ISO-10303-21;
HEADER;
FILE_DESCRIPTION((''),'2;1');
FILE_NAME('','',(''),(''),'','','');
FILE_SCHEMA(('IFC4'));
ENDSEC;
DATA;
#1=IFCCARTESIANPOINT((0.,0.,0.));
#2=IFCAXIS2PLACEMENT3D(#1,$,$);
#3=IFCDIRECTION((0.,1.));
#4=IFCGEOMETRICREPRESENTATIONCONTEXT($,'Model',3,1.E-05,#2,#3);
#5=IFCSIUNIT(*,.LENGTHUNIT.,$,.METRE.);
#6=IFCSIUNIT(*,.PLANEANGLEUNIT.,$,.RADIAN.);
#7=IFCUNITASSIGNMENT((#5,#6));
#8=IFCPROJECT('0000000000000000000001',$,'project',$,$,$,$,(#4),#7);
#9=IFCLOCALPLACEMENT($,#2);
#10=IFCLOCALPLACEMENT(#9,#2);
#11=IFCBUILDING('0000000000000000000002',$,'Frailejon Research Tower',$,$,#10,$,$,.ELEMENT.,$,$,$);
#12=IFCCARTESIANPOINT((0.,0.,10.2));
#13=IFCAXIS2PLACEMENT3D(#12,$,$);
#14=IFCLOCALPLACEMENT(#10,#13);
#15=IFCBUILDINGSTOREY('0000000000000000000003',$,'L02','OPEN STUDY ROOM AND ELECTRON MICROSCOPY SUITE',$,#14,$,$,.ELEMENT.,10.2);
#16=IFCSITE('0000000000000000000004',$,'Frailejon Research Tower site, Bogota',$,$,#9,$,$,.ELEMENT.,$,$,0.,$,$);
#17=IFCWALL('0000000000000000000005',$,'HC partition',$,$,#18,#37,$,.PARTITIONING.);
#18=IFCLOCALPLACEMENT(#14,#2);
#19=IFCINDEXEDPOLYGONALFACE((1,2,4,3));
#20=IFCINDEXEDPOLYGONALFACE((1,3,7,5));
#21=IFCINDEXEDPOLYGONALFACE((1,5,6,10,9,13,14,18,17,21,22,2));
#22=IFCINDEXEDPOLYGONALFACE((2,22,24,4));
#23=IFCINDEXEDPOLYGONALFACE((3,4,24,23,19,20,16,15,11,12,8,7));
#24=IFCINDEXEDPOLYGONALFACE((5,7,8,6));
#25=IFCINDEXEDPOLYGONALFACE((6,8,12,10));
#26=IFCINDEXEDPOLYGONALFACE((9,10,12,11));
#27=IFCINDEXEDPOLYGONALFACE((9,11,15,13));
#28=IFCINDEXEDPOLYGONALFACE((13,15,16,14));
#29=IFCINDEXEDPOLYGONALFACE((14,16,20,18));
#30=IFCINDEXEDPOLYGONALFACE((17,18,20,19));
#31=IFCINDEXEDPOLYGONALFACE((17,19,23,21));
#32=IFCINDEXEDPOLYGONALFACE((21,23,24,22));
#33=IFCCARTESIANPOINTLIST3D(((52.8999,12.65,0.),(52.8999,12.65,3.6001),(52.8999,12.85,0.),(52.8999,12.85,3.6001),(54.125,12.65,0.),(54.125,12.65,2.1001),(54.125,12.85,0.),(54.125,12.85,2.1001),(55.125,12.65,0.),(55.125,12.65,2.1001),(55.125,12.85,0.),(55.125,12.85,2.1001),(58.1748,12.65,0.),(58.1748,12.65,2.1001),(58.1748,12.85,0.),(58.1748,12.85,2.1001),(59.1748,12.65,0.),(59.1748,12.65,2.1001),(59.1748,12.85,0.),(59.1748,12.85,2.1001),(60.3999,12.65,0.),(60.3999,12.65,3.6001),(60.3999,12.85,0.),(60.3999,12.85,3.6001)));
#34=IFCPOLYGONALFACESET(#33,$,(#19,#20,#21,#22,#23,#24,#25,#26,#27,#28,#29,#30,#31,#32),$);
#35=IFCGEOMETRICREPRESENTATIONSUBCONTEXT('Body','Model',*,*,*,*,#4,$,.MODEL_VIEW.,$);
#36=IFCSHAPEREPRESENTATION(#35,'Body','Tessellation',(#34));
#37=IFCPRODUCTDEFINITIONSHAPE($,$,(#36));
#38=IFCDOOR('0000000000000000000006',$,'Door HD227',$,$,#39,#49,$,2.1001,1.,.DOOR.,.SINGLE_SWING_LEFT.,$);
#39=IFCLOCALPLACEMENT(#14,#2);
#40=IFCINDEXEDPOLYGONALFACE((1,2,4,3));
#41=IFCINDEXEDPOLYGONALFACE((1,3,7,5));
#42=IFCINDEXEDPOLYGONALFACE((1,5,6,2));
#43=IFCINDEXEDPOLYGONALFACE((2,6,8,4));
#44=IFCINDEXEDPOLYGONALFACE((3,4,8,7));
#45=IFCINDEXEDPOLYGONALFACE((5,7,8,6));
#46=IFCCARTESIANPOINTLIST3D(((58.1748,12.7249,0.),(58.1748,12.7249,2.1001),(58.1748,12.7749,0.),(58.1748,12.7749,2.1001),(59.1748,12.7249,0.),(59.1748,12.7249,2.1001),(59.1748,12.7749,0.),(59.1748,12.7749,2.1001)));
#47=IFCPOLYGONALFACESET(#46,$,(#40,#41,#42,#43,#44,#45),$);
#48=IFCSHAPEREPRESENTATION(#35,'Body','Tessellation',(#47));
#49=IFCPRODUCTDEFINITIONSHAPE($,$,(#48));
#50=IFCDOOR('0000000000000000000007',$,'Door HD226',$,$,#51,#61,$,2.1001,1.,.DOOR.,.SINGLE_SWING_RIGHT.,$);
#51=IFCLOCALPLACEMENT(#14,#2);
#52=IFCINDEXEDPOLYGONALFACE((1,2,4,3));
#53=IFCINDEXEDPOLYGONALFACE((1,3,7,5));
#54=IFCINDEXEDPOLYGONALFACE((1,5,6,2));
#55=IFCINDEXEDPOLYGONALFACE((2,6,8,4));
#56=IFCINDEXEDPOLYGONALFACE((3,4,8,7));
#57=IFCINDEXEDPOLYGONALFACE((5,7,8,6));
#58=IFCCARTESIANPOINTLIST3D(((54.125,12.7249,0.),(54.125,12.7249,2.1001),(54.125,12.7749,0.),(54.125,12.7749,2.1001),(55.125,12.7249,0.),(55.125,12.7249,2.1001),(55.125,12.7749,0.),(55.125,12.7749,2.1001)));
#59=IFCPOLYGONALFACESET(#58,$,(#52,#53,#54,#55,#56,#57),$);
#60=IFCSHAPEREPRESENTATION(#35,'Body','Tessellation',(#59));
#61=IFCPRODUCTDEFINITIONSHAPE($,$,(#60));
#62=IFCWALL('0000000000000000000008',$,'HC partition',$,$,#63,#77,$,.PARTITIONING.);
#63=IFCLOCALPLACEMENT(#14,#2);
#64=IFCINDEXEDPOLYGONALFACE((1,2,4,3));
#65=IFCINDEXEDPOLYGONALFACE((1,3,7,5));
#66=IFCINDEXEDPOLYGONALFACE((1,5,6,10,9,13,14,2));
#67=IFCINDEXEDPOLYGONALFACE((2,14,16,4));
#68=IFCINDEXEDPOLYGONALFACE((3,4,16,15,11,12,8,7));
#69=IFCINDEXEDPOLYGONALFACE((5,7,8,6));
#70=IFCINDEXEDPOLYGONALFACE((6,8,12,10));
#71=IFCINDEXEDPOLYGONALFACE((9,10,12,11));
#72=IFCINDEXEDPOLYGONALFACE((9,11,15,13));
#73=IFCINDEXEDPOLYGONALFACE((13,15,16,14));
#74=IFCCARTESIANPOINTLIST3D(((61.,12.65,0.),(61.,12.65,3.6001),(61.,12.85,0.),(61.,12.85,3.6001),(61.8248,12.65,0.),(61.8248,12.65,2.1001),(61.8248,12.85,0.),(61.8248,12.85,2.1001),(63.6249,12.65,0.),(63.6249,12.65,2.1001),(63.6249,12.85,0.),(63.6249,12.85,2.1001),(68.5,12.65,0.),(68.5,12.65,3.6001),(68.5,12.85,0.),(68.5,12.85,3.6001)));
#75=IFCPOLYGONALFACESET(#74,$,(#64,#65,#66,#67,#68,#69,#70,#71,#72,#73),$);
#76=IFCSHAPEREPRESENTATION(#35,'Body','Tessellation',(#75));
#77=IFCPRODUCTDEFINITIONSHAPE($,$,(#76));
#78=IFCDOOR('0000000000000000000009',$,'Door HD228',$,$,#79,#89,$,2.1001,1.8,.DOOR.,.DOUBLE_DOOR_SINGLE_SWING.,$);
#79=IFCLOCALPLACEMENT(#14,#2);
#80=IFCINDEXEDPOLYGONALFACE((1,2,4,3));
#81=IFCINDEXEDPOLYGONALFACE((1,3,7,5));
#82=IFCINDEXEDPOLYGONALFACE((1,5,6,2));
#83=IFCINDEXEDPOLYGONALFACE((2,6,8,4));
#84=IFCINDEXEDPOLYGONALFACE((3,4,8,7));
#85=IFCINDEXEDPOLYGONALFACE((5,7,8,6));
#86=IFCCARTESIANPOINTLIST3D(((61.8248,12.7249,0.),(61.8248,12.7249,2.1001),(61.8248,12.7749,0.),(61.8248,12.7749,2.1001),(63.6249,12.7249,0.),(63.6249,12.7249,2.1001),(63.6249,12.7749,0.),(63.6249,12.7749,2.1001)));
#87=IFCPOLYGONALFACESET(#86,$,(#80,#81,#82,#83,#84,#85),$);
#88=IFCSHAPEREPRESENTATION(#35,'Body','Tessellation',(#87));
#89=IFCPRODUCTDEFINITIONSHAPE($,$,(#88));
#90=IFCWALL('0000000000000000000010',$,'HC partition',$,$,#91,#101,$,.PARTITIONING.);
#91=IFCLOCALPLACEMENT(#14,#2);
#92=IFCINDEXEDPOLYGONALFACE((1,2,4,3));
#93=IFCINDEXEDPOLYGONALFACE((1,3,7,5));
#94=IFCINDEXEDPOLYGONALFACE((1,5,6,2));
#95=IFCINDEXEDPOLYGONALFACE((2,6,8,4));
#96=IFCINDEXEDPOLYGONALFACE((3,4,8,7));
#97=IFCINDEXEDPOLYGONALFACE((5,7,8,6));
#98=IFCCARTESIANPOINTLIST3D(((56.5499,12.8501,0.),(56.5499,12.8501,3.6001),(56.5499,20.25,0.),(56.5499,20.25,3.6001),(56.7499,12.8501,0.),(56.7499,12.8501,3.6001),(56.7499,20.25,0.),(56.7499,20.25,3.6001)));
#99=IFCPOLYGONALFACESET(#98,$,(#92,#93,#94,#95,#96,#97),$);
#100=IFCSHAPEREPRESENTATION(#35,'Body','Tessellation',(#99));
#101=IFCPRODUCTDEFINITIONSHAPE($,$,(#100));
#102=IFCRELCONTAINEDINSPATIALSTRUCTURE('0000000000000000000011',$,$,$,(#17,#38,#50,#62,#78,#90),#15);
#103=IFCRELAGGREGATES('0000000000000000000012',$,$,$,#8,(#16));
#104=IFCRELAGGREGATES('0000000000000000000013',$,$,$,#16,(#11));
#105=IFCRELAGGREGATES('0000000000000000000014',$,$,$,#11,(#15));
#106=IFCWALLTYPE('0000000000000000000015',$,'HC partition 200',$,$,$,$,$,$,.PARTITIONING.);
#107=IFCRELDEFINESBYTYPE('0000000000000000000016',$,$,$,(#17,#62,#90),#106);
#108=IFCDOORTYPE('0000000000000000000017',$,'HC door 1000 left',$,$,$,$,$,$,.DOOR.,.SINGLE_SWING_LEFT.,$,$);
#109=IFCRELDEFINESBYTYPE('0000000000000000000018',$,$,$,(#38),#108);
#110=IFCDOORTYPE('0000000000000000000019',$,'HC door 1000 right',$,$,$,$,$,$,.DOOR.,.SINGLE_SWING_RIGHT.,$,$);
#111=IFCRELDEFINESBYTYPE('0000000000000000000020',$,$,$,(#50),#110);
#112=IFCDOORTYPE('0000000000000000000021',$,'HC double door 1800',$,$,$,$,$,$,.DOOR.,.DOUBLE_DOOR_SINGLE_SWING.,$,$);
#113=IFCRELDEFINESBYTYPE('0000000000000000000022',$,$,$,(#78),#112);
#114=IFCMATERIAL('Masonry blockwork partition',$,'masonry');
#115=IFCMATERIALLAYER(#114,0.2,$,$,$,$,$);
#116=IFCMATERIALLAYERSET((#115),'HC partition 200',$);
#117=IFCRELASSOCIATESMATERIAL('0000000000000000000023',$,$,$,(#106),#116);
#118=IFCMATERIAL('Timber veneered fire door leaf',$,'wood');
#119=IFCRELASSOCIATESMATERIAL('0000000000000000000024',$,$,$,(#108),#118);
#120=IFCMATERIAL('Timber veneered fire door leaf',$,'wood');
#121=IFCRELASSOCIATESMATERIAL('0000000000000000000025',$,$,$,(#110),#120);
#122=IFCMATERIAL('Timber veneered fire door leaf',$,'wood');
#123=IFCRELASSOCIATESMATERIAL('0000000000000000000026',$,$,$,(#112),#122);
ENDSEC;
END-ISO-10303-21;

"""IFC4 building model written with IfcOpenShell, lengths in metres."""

from ifc_helpers import new_model, si_unit, direction, frame, frame_2d, origin, place, context, subcontext, project, spatial, rectangle, extrude, material, layer, layer_set, type_object, element, fill, save


model = new_model("IFC4")

# Units and contexts
model_context = context("Model", 3, precision=1e-05, world=origin(), true_north=direction((0.0, 1.0)))
body_context = subcontext(model_context, "Body", "Model", "MODEL_VIEW")
ifc_project = project(units=[si_unit("LENGTHUNIT", "METRE"), si_unit("PLANEANGLEUNIT", "RADIAN")], contexts=[model_context])

# Site, building, storey
site_placement = place(None, origin())
site = spatial("IfcSite", under=ifc_project, at=site_placement, Name="Frailejon Research Tower site, Bogota", CompositionType="ELEMENT", RefElevation=0.0)
building_placement = place(site_placement, origin())
building = spatial("IfcBuilding", under=site, at=building_placement, Name="Frailejon Research Tower", CompositionType="ELEMENT")
storey_placement = place(building_placement, frame((0.0, 0.0, 10.2)))
storey = spatial("IfcBuildingStorey", under=building, at=storey_placement, Name="L02", Description="OPEN STUDY ROOM AND ELECTRON MICROSCOPY SUITE", CompositionType="ELEMENT", Elevation=10.2)

# Shared definitions
ifc_material_1 = material(Name="Masonry blockwork partition", Category="masonry")
ifc_layer_1 = layer(ifc_material_1, 0.2)
ifc_layer_set_1 = layer_set([ifc_layer_1], Name="HC partition 200")
wall_type_1 = type_object("IfcWallType", Name="HC partition 200", PredefinedType="PARTITIONING", material=ifc_layer_set_1)

# Wall, openings, doors
wall_1_placement = place(storey_placement, frame((52.8999, 12.75, 0.0), z_axis=(0.0, 0.0, 1.0), x_axis=(1.0, 0.0, 0.0)))
wall_1 = element("IfcWall", 1, at=wall_1_placement, inside=storey, type_object=wall_type_1, Name="HC partition", PredefinedType="PARTITIONING", context=body_context, shape_type="SweptSolid", body=[
    extrude(rectangle(XDim=7.5, YDim=0.2, at=frame_2d((3.75, 0.0))), origin(), (0.0, 0.0, 1.0), 3.6001),
])
opening_1_placement = place(wall_1_placement, frame((1.2251, 0.0, 0.0)))
opening_1 = element("IfcOpeningElement", 2, at=opening_1_placement, cuts=wall_1, PredefinedType="OPENING", context=body_context, shape_type="SweptSolid", body=[
    extrude(rectangle(XDim=1.0, YDim=2.1001, at=frame_2d((0.5, 1.05))), frame((0.0, 0.1099, 0.0), z_axis=(0.0, -1.0, 0.0), x_axis=(1.0, 0.0, 0.0)), (0.0, 0.0, 1.0), 0.22),
])
opening_2_placement = place(wall_1_placement, frame((5.2749, 0.0, 0.0)))
opening_2 = element("IfcOpeningElement", 3, at=opening_2_placement, cuts=wall_1, PredefinedType="OPENING", context=body_context, shape_type="SweptSolid", body=[
    extrude(rectangle(XDim=1.0, YDim=2.1001, at=frame_2d((0.5, 1.05))), frame((0.0, 0.1099, 0.0), z_axis=(0.0, -1.0, 0.0), x_axis=(1.0, 0.0, 0.0)), (0.0, 0.0, 1.0), 0.22),
])
ifc_material_2 = material(Name="Timber veneered fire door leaf", Category="wood")
door_type_1 = type_object("IfcDoorType", Name="HC door 1000 left", OperationType="SINGLE_SWING_LEFT", PredefinedType="DOOR", material=ifc_material_2)
door_1_placement = place(opening_2_placement, origin())
door_1 = element("IfcDoor", 4, at=door_1_placement, inside=storey, type_object=door_type_1, Name="Door HD227", OperationType="SINGLE_SWING_LEFT", OverallHeight=2.1001, OverallWidth=1.0, PredefinedType="DOOR", context=body_context, shape_type="SweptSolid", body=[
    extrude(rectangle(XDim=1.0, YDim=2.1001, at=frame_2d((0.5, 1.05))), frame((0.0, 0.0249, 0.0), z_axis=(0.0, -1.0, 0.0), x_axis=(1.0, 0.0, 0.0)), (0.0, 0.0, 1.0), 0.05),
])
fill(opening_2, door_1)
ifc_material_3 = material(Name="Timber veneered fire door leaf", Category="wood")
door_type_2 = type_object("IfcDoorType", Name="HC door 1000 right", OperationType="SINGLE_SWING_RIGHT", PredefinedType="DOOR", material=ifc_material_3)
door_2_placement = place(opening_1_placement, origin())
door_2 = element("IfcDoor", 5, at=door_2_placement, inside=storey, type_object=door_type_2, Name="Door HD226", OperationType="SINGLE_SWING_RIGHT", OverallHeight=2.1001, OverallWidth=1.0, PredefinedType="DOOR", context=body_context, shape_type="SweptSolid", body=[
    extrude(rectangle(XDim=1.0, YDim=2.1001, at=frame_2d((0.5, 1.05))), frame((0.0, 0.0249, 0.0), z_axis=(0.0, -1.0, 0.0), x_axis=(1.0, 0.0, 0.0)), (0.0, 0.0, 1.0), 0.05),
])
fill(opening_1, door_2)

# Wall, opening, door
wall_2_placement = place(storey_placement, frame((61.0, 12.75, 0.0), z_axis=(0.0, 0.0, 1.0), x_axis=(1.0, 0.0, 0.0)))
wall_2 = element("IfcWall", 6, at=wall_2_placement, inside=storey, type_object=wall_type_1, Name="HC partition", PredefinedType="PARTITIONING", context=body_context, shape_type="SweptSolid", body=[
    extrude(rectangle(XDim=7.5, YDim=0.2, at=frame_2d((3.75, 0.0))), origin(), (0.0, 0.0, 1.0), 3.6001),
])
opening_3_placement = place(wall_2_placement, frame((0.825, 0.0, 0.0)))
opening_3 = element("IfcOpeningElement", 7, at=opening_3_placement, cuts=wall_2, PredefinedType="OPENING", context=body_context, shape_type="SweptSolid", body=[
    extrude(rectangle(XDim=1.8, YDim=2.1001, at=frame_2d((0.8999, 1.05))), frame((0.0, 0.1099, 0.0), z_axis=(0.0, -1.0, 0.0), x_axis=(1.0, 0.0, 0.0)), (0.0, 0.0, 1.0), 0.22),
])
ifc_material_4 = material(Name="Timber veneered fire door leaf", Category="wood")
door_type_3 = type_object("IfcDoorType", Name="HC double door 1800", OperationType="DOUBLE_DOOR_SINGLE_SWING", PredefinedType="DOOR", material=ifc_material_4)
door_3_placement = place(opening_3_placement, origin())
door_3 = element("IfcDoor", 8, at=door_3_placement, inside=storey, type_object=door_type_3, Name="Door HD228", OperationType="DOUBLE_DOOR_SINGLE_SWING", OverallHeight=2.1001, OverallWidth=1.8, PredefinedType="DOOR", context=body_context, shape_type="SweptSolid", body=[
    extrude(rectangle(XDim=1.8, YDim=2.1001, at=frame_2d((0.8999, 1.05))), frame((0.0, 0.0249, 0.0), z_axis=(0.0, -1.0, 0.0), x_axis=(1.0, 0.0, 0.0)), (0.0, 0.0, 1.0), 0.05),
])
fill(opening_3, door_3)

# Wall
wall_3_placement = place(storey_placement, frame((56.6499, 12.8501, 0.0), z_axis=(0.0, 0.0, 1.0), x_axis=(0.0, 1.0, 0.0)))
element("IfcWall", 9, at=wall_3_placement, inside=storey, type_object=wall_type_1, Name="HC partition", PredefinedType="PARTITIONING", context=body_context, shape_type="SweptSolid", body=[
    extrude(rectangle(XDim=7.3999, YDim=0.2, at=frame_2d((3.7, 0.0))), origin(), (0.0, 0.0, 1.0), 3.6001),
])

save(model, "model.ifc")
